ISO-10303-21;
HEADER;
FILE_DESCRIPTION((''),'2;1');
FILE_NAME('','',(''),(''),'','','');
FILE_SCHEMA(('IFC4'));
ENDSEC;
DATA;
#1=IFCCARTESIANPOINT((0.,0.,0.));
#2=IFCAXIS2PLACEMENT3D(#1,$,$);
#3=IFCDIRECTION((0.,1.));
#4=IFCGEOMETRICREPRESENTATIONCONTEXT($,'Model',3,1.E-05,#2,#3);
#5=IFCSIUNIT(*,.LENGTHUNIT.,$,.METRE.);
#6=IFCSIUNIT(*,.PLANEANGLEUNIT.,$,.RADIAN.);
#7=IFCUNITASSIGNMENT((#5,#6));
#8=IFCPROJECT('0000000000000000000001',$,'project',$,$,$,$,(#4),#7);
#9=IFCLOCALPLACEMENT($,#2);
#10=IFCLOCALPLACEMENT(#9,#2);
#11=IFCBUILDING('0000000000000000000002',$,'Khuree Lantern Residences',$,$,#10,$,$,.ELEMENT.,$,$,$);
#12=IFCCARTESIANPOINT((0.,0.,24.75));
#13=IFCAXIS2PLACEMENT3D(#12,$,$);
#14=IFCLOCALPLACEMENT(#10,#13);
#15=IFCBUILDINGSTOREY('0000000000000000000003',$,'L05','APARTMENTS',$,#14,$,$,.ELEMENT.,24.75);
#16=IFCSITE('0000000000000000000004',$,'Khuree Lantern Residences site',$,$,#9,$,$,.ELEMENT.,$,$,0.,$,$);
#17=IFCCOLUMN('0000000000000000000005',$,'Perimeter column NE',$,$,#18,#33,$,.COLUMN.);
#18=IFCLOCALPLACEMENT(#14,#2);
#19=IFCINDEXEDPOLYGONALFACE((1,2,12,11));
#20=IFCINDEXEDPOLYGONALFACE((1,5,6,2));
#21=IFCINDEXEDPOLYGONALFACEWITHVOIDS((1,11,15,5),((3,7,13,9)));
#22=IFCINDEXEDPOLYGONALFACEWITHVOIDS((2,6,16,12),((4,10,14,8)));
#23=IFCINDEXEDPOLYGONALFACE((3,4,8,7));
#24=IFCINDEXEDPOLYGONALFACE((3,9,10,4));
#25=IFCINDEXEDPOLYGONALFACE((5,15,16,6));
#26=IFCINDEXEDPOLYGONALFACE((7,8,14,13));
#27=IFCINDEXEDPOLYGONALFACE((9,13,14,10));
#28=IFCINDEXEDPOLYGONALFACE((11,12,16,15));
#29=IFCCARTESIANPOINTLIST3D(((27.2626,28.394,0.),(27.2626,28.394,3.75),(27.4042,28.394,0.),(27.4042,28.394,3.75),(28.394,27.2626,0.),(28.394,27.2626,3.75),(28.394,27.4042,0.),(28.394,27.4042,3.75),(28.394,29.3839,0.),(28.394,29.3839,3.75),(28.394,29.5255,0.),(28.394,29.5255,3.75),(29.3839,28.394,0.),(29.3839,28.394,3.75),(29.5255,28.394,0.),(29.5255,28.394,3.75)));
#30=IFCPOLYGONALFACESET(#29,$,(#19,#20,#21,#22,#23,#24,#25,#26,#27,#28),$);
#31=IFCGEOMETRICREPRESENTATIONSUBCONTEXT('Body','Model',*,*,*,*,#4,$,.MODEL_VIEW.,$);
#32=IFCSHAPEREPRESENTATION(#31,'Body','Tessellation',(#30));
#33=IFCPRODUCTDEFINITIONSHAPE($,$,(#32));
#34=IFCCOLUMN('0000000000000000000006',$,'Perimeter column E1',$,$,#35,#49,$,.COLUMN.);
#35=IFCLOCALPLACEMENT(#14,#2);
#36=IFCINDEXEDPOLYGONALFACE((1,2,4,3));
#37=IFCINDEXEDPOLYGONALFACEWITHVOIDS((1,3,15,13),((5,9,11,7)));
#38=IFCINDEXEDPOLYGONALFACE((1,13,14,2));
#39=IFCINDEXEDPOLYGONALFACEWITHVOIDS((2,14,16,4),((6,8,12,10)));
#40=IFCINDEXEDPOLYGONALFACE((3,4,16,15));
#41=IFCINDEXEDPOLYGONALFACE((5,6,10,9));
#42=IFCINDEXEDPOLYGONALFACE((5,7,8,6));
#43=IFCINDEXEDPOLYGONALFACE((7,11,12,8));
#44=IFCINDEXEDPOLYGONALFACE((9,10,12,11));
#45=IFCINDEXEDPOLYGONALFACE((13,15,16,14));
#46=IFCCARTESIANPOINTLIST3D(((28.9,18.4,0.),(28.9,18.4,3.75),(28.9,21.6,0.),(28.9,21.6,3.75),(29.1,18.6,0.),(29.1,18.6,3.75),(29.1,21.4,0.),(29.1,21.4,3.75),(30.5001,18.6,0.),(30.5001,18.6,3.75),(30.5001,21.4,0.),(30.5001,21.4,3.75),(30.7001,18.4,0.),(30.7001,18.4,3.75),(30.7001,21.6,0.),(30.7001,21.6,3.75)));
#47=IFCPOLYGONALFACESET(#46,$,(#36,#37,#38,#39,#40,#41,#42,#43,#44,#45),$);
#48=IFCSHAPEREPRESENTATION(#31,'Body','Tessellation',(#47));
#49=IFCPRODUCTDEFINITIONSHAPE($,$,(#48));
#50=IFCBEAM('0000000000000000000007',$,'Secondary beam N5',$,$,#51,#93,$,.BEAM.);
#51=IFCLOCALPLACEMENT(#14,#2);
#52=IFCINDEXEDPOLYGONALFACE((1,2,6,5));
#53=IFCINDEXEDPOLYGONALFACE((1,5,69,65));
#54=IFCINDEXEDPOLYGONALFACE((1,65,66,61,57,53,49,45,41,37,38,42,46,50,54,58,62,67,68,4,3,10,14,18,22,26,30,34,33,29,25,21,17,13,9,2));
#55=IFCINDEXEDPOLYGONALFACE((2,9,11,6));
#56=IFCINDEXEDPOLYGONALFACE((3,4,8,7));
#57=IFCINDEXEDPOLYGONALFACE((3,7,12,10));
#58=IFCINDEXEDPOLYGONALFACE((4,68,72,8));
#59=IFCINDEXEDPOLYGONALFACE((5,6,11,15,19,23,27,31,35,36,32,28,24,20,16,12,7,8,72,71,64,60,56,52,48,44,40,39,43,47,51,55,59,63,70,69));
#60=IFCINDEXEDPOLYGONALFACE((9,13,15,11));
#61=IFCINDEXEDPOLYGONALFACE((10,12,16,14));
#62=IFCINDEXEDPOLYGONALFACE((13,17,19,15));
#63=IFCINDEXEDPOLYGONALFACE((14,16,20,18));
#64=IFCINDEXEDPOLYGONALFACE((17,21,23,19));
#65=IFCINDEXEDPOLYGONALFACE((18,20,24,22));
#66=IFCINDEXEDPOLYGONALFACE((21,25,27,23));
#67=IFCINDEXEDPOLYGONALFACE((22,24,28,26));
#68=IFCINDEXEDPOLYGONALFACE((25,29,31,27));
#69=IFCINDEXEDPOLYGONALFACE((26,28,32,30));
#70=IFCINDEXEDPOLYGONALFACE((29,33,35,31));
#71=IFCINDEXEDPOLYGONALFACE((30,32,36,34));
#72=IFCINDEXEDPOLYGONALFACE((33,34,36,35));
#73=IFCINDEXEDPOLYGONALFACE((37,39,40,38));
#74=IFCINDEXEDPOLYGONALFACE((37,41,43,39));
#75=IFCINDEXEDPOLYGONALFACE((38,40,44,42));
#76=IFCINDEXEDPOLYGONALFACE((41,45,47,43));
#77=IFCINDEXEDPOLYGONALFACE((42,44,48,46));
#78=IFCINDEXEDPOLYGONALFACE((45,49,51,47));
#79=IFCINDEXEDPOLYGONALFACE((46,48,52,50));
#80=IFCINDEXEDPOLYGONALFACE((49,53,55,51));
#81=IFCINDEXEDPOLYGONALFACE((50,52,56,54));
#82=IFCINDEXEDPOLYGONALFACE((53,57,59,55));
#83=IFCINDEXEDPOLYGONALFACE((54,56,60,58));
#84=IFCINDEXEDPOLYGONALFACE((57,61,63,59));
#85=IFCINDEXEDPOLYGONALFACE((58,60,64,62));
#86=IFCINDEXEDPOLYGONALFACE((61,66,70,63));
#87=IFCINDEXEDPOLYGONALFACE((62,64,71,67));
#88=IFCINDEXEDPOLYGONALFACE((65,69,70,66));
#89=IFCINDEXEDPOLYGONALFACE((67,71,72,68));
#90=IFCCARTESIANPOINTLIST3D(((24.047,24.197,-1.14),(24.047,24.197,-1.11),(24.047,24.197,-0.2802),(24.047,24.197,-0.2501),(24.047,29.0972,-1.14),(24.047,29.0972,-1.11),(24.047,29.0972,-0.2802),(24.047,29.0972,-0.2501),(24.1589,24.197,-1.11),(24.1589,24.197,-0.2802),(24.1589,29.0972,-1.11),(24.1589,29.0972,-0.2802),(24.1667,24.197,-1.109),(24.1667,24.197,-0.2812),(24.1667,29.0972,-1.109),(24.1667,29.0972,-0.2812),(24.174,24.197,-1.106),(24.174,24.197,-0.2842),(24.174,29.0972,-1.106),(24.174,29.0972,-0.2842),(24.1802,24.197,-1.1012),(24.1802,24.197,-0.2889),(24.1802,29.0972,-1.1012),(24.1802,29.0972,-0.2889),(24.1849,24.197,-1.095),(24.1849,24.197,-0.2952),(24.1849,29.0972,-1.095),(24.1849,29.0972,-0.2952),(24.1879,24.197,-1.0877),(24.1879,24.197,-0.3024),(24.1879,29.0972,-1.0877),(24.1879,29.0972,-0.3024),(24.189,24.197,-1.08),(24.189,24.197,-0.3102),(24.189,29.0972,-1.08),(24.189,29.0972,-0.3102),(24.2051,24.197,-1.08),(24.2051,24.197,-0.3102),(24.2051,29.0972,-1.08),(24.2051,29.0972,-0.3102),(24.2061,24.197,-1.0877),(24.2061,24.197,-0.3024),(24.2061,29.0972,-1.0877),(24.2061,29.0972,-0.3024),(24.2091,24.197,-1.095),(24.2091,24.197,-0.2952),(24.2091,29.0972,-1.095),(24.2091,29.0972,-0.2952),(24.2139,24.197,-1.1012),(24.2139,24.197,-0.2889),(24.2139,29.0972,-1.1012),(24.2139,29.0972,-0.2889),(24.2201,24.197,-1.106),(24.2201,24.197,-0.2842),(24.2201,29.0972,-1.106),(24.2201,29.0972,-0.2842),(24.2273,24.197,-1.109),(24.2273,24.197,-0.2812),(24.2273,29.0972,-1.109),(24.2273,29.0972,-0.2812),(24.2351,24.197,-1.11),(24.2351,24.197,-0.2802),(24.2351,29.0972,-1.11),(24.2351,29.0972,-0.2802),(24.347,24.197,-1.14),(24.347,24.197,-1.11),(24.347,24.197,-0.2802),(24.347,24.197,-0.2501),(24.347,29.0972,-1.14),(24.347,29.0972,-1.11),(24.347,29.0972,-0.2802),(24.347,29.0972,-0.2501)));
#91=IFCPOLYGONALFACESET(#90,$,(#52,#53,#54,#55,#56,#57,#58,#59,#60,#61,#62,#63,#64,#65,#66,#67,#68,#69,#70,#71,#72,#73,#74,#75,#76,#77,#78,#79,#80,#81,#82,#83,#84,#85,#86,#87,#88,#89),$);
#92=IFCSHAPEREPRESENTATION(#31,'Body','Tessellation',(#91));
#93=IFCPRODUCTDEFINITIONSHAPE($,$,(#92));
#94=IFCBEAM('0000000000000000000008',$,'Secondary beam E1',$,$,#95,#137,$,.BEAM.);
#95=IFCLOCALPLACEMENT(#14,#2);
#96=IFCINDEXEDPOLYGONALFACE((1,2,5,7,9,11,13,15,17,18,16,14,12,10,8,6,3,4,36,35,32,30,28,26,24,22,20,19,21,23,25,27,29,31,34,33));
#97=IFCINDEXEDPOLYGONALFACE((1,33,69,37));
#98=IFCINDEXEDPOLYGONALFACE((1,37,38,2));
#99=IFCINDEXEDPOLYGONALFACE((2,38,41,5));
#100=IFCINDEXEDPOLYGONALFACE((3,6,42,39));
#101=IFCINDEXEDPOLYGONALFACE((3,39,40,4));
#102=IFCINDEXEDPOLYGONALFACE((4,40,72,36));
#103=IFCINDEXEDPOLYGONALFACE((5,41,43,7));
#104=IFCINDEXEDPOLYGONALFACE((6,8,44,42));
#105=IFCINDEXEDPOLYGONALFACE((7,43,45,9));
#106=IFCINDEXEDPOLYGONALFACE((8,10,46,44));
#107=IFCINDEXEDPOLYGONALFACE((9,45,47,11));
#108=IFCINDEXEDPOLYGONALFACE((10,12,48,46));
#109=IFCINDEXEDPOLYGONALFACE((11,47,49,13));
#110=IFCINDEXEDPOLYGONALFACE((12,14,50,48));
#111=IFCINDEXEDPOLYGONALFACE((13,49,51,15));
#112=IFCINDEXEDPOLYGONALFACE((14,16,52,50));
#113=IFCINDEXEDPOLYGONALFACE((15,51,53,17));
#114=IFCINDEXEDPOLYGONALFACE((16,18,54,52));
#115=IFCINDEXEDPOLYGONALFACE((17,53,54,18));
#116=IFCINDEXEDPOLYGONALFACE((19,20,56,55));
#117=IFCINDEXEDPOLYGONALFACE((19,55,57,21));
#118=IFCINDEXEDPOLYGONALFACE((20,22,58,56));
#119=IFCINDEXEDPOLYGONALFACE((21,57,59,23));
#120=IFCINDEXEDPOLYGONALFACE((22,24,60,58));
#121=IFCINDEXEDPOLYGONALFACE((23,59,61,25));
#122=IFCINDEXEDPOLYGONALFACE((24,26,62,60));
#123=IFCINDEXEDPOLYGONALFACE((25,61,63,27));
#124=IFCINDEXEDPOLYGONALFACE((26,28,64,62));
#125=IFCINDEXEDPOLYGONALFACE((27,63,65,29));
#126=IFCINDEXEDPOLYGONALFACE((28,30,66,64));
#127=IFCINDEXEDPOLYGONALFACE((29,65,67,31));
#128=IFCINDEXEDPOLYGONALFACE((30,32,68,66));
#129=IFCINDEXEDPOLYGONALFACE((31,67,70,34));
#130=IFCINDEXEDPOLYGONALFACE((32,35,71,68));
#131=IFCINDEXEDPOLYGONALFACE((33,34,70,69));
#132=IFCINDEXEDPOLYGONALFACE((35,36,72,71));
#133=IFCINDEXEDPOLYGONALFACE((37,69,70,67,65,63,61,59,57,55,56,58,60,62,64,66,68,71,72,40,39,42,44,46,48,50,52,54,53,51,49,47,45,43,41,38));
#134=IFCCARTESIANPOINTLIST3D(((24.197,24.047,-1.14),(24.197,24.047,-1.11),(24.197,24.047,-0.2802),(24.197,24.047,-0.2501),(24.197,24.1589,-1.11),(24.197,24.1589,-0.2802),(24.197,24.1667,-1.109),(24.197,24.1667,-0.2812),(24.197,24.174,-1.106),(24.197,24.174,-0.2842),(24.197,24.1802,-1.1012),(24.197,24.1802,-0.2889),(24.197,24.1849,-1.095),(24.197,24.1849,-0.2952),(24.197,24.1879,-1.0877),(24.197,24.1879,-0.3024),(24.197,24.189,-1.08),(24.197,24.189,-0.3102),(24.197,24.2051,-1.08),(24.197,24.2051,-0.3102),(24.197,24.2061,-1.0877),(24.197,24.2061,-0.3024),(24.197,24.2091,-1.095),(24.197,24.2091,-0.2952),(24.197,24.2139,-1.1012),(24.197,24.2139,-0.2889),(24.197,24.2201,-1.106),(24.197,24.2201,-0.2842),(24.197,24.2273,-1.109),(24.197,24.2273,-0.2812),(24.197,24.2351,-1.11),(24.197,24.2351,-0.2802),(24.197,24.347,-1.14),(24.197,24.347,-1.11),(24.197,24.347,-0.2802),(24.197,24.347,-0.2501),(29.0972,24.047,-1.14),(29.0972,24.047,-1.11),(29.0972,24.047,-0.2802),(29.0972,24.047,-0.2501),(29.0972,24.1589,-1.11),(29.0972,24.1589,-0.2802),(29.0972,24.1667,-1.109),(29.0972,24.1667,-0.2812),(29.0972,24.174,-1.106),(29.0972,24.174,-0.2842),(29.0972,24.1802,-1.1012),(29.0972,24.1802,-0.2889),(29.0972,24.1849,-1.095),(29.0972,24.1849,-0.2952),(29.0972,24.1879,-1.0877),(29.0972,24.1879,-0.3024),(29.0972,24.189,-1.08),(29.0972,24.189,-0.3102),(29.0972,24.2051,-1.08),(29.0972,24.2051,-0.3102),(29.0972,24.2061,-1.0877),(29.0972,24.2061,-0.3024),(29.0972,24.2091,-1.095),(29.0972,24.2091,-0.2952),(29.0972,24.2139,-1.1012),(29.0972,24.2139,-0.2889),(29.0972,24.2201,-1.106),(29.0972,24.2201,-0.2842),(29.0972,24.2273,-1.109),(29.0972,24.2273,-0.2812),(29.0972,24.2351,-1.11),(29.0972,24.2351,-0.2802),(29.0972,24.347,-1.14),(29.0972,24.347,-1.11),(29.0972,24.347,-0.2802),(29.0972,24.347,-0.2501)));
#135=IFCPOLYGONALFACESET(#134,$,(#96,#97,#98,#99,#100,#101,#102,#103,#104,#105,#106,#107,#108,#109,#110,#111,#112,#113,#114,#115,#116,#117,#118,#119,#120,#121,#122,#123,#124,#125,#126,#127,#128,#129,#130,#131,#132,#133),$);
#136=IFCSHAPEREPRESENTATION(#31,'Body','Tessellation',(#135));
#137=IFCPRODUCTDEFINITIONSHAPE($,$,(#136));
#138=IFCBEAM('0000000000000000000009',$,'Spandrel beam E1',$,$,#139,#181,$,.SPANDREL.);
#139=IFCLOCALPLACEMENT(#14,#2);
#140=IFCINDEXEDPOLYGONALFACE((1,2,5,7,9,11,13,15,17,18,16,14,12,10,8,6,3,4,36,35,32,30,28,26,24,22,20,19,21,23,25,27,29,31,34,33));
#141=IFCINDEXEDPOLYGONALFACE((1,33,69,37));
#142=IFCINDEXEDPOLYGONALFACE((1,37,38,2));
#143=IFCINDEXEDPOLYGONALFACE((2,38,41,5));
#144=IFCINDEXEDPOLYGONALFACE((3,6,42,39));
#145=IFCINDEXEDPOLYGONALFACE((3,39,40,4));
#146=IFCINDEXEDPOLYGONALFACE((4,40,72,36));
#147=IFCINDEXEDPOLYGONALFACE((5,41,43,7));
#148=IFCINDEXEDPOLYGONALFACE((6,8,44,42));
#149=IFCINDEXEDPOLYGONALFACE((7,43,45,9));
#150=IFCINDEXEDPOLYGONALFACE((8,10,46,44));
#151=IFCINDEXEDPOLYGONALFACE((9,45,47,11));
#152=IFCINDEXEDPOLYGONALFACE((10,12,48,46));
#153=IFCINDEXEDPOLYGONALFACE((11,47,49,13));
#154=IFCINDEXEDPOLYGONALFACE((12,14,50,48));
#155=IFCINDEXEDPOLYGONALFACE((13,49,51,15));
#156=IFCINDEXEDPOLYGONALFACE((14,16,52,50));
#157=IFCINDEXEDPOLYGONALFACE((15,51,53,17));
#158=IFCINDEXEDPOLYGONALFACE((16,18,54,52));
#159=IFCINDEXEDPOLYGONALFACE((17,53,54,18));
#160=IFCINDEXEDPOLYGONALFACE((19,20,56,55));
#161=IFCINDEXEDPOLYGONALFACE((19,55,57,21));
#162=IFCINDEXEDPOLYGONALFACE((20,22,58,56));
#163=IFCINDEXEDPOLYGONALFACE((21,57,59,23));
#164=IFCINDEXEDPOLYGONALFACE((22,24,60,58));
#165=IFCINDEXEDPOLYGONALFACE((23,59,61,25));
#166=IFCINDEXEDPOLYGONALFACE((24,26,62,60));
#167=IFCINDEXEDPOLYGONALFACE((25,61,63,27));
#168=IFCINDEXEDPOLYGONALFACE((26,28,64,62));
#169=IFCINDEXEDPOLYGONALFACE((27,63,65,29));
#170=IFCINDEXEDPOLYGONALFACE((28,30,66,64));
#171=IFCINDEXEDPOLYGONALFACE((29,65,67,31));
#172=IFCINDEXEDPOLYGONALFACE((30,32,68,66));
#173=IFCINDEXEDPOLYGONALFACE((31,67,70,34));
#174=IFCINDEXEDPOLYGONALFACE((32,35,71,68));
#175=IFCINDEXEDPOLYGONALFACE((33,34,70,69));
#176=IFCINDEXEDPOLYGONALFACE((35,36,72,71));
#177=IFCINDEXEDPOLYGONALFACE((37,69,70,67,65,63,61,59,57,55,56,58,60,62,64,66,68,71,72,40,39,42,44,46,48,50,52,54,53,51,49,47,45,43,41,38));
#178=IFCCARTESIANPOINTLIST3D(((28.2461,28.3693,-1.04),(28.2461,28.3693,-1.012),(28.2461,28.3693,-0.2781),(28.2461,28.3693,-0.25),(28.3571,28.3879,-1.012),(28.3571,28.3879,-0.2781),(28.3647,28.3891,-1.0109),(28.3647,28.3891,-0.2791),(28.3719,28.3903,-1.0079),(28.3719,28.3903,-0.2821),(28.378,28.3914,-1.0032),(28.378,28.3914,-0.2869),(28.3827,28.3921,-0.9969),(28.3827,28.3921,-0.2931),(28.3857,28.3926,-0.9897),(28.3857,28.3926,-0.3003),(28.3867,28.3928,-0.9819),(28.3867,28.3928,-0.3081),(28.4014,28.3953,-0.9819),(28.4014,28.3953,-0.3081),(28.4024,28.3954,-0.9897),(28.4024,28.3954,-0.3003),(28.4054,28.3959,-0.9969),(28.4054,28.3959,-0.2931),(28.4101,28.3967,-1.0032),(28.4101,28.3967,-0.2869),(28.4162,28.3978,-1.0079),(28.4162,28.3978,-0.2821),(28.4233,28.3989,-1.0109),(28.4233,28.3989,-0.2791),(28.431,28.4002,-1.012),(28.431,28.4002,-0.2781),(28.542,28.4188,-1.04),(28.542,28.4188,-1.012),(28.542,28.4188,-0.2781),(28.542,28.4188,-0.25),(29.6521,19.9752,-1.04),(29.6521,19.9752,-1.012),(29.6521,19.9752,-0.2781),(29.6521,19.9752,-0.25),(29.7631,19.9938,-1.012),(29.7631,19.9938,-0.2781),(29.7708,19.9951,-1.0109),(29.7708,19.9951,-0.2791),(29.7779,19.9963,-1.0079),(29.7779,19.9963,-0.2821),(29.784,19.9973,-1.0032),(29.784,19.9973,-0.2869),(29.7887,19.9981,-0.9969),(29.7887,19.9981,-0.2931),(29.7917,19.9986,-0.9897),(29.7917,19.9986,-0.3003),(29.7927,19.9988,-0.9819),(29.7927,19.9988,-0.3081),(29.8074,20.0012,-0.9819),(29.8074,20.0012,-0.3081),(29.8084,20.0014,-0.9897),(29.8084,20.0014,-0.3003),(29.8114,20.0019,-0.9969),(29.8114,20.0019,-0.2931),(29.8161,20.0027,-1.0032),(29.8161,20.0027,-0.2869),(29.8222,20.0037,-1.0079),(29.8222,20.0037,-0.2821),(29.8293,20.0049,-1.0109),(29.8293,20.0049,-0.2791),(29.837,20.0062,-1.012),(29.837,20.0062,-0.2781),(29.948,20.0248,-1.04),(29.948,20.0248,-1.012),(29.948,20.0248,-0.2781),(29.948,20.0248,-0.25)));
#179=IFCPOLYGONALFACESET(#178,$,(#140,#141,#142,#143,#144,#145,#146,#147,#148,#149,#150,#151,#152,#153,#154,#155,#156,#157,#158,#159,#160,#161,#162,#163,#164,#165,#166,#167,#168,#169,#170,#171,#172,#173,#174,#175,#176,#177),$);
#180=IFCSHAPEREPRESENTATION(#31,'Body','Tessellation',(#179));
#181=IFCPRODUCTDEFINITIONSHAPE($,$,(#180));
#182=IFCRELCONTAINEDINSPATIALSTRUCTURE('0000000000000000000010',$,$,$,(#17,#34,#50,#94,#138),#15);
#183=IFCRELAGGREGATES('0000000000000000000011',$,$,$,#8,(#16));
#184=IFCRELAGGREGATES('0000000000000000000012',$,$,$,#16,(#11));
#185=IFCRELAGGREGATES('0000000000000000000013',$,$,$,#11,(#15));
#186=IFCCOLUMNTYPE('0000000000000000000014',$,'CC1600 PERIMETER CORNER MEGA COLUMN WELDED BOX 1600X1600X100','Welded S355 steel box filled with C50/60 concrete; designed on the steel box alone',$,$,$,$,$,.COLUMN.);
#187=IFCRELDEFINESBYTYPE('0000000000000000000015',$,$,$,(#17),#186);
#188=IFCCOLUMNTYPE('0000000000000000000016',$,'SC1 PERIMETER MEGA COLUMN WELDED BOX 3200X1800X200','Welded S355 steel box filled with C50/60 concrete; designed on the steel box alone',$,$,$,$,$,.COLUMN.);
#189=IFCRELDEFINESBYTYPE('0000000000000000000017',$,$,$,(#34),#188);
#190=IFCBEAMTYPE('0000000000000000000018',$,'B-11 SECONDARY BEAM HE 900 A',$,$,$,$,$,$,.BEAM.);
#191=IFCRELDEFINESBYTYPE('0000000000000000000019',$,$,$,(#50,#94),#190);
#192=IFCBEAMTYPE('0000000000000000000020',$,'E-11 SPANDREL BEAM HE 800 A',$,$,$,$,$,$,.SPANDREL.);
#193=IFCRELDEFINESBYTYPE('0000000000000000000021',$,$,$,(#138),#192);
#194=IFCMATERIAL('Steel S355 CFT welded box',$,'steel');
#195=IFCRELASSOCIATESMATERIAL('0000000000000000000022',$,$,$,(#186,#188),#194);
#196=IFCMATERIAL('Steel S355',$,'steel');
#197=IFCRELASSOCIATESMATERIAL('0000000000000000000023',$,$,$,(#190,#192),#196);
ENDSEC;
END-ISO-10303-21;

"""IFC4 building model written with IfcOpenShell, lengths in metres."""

from ifc_helpers import new_model, si_unit, direction, frame, origin, origin_2d, place, context, subcontext, project, spatial, hollow_rectangle, i_section, extrude, material, material_profile, profile_set, type_object, element, save


model = new_model("IFC4")

# Units and contexts
model_context = context("Model", 3, precision=1e-05, world=origin(), true_north=direction((0.0, 1.0)))
body_context = subcontext(model_context, "Body", "Model", "MODEL_VIEW")
ifc_project = project(units=[si_unit("LENGTHUNIT", "METRE"), si_unit("PLANEANGLEUNIT", "RADIAN")], contexts=[model_context])

# Site, building, storey
site_placement = place(None, origin())
site = spatial("IfcSite", under=ifc_project, at=site_placement, Name="Khuree Lantern Residences site", CompositionType="ELEMENT", RefElevation=0.0)
building_placement = place(site_placement, origin())
building = spatial("IfcBuilding", under=site, at=building_placement, Name="Khuree Lantern Residences", CompositionType="ELEMENT")
storey_placement = place(building_placement, frame((0.0, 0.0, 24.75)))
storey = spatial("IfcBuildingStorey", under=building, at=storey_placement, Name="L05", Description="APARTMENTS", CompositionType="ELEMENT", Elevation=24.75)

# Columns
ifc_material_1 = material(Name="Steel S355 CFT welded box", Category="steel")
ifc_material_profile_1 = material_profile(ifc_material_1, hollow_rectangle(XDim=1.6001, YDim=1.6001, WallThickness=0.1001, at=origin_2d()), Name="WELDED BOX 1600X1600X100")
ifc_profile_set_1 = profile_set([ifc_material_profile_1], Name="Steel S355 CFT welded box")
column_type_1 = type_object("IfcColumnType", Name="CC1600 PERIMETER CORNER MEGA COLUMN WELDED BOX 1600X1600X100", Description="Welded S355 steel box filled with C50/60 concrete; designed on the steel box alone", PredefinedType="COLUMN", material=ifc_profile_set_1)
column_1_placement = place(storey_placement, frame((28.394, 28.394, 0.0), z_axis=(0.0, 0.0, 1.0), x_axis=(0.707107, -0.707107, 0.0)))
element("IfcColumn", 1, at=column_1_placement, inside=storey, type_object=column_type_1, Name="Perimeter column NE", PredefinedType="COLUMN", context=body_context, shape_type="SweptSolid", body=[
    extrude(hollow_rectangle(XDim=1.6001, YDim=1.6001, WallThickness=0.1001, at=origin_2d()), origin(), (0.0, 0.0, 1.0), 3.75),
])
ifc_material_profile_2 = material_profile(ifc_material_1, hollow_rectangle(XDim=3.2, YDim=1.8, WallThickness=0.2, at=origin_2d()), Name="WELDED BOX 3200X1800X200")
ifc_profile_set_2 = profile_set([ifc_material_profile_2], Name="Steel S355 CFT welded box")
column_type_2 = type_object("IfcColumnType", Name="SC1 PERIMETER MEGA COLUMN WELDED BOX 3200X1800X200", Description="Welded S355 steel box filled with C50/60 concrete; designed on the steel box alone", PredefinedType="COLUMN", material=ifc_profile_set_2)
column_2_placement = place(storey_placement, frame((29.8, 20.0, 0.0), z_axis=(0.0, 0.0, 1.0), x_axis=(0.0, 1.0, 0.0)))
element("IfcColumn", 2, at=column_2_placement, inside=storey, type_object=column_type_2, Name="Perimeter column E1", PredefinedType="COLUMN", context=body_context, shape_type="SweptSolid", body=[
    extrude(hollow_rectangle(XDim=3.2, YDim=1.8, WallThickness=0.2, at=origin_2d()), origin(), (0.0, 0.0, 1.0), 3.75),
])

# Beams
ifc_material_2 = material(Name="Steel S355", Category="steel")
ifc_material_profile_3 = material_profile(ifc_material_2, i_section(OverallWidth=0.3, OverallDepth=0.8899, WebThickness=0.0161, FlangeThickness=0.03, FilletRadius=0.03, at=origin_2d()), Name="HE 900 A")
ifc_profile_set_3 = profile_set([ifc_material_profile_3], Name="Steel S355")
beam_type_1 = type_object("IfcBeamType", Name="B-11 SECONDARY BEAM HE 900 A", PredefinedType="BEAM", material=ifc_profile_set_3)
for number, where, z_axis, x_axis, name in (
    (3, (24.197, 29.0972, -0.6951), (0.0, -1.0, 0.0), (1.0, 0.0, 0.0), "Secondary beam N5"),
    (4, (29.0972, 24.197, -0.6951), (-1.0, 0.0, 0.0), (0.0, -1.0, 0.0), "Secondary beam E1"),
):
    element("IfcBeam", number, at=place(storey_placement, frame(where, z_axis=z_axis, x_axis=x_axis)), inside=storey, type_object=beam_type_1, Name=name, PredefinedType="BEAM", context=body_context, shape_type="SweptSolid", body=[
        extrude(i_section(OverallWidth=0.3, OverallDepth=0.8899, WebThickness=0.0161, FlangeThickness=0.03, FilletRadius=0.03, at=origin_2d()), origin(), (0.0, 0.0, 1.0), 4.9001),
    ])
ifc_material_profile_4 = material_profile(ifc_material_2, i_section(OverallWidth=0.3, OverallDepth=0.79, WebThickness=0.0149, FlangeThickness=0.0281, FilletRadius=0.03, at=origin_2d()), Name="HE 800 A")
ifc_profile_set_4 = profile_set([ifc_material_profile_4], Name="Steel S355")
beam_type_2 = type_object("IfcBeamType", Name="E-11 SPANDREL BEAM HE 800 A", PredefinedType="SPANDREL", material=ifc_profile_set_4)
beam_1_placement = place(storey_placement, frame((28.394, 28.394, -0.645), z_axis=(0.165199, -0.98626, 0.0), x_axis=(0.98626, 0.165199, 0.0)))
element("IfcBeam", 5, at=beam_1_placement, inside=storey, type_object=beam_type_2, Name="Spandrel beam E1", PredefinedType="SPANDREL", context=body_context, shape_type="SweptSolid", body=[
    extrude(i_section(OverallWidth=0.3, OverallDepth=0.79, WebThickness=0.0149, FlangeThickness=0.0281, FilletRadius=0.03, at=origin_2d()), origin(), (0.0, 0.0, 1.0), 8.511),
])

save(model, "model.ifc")
